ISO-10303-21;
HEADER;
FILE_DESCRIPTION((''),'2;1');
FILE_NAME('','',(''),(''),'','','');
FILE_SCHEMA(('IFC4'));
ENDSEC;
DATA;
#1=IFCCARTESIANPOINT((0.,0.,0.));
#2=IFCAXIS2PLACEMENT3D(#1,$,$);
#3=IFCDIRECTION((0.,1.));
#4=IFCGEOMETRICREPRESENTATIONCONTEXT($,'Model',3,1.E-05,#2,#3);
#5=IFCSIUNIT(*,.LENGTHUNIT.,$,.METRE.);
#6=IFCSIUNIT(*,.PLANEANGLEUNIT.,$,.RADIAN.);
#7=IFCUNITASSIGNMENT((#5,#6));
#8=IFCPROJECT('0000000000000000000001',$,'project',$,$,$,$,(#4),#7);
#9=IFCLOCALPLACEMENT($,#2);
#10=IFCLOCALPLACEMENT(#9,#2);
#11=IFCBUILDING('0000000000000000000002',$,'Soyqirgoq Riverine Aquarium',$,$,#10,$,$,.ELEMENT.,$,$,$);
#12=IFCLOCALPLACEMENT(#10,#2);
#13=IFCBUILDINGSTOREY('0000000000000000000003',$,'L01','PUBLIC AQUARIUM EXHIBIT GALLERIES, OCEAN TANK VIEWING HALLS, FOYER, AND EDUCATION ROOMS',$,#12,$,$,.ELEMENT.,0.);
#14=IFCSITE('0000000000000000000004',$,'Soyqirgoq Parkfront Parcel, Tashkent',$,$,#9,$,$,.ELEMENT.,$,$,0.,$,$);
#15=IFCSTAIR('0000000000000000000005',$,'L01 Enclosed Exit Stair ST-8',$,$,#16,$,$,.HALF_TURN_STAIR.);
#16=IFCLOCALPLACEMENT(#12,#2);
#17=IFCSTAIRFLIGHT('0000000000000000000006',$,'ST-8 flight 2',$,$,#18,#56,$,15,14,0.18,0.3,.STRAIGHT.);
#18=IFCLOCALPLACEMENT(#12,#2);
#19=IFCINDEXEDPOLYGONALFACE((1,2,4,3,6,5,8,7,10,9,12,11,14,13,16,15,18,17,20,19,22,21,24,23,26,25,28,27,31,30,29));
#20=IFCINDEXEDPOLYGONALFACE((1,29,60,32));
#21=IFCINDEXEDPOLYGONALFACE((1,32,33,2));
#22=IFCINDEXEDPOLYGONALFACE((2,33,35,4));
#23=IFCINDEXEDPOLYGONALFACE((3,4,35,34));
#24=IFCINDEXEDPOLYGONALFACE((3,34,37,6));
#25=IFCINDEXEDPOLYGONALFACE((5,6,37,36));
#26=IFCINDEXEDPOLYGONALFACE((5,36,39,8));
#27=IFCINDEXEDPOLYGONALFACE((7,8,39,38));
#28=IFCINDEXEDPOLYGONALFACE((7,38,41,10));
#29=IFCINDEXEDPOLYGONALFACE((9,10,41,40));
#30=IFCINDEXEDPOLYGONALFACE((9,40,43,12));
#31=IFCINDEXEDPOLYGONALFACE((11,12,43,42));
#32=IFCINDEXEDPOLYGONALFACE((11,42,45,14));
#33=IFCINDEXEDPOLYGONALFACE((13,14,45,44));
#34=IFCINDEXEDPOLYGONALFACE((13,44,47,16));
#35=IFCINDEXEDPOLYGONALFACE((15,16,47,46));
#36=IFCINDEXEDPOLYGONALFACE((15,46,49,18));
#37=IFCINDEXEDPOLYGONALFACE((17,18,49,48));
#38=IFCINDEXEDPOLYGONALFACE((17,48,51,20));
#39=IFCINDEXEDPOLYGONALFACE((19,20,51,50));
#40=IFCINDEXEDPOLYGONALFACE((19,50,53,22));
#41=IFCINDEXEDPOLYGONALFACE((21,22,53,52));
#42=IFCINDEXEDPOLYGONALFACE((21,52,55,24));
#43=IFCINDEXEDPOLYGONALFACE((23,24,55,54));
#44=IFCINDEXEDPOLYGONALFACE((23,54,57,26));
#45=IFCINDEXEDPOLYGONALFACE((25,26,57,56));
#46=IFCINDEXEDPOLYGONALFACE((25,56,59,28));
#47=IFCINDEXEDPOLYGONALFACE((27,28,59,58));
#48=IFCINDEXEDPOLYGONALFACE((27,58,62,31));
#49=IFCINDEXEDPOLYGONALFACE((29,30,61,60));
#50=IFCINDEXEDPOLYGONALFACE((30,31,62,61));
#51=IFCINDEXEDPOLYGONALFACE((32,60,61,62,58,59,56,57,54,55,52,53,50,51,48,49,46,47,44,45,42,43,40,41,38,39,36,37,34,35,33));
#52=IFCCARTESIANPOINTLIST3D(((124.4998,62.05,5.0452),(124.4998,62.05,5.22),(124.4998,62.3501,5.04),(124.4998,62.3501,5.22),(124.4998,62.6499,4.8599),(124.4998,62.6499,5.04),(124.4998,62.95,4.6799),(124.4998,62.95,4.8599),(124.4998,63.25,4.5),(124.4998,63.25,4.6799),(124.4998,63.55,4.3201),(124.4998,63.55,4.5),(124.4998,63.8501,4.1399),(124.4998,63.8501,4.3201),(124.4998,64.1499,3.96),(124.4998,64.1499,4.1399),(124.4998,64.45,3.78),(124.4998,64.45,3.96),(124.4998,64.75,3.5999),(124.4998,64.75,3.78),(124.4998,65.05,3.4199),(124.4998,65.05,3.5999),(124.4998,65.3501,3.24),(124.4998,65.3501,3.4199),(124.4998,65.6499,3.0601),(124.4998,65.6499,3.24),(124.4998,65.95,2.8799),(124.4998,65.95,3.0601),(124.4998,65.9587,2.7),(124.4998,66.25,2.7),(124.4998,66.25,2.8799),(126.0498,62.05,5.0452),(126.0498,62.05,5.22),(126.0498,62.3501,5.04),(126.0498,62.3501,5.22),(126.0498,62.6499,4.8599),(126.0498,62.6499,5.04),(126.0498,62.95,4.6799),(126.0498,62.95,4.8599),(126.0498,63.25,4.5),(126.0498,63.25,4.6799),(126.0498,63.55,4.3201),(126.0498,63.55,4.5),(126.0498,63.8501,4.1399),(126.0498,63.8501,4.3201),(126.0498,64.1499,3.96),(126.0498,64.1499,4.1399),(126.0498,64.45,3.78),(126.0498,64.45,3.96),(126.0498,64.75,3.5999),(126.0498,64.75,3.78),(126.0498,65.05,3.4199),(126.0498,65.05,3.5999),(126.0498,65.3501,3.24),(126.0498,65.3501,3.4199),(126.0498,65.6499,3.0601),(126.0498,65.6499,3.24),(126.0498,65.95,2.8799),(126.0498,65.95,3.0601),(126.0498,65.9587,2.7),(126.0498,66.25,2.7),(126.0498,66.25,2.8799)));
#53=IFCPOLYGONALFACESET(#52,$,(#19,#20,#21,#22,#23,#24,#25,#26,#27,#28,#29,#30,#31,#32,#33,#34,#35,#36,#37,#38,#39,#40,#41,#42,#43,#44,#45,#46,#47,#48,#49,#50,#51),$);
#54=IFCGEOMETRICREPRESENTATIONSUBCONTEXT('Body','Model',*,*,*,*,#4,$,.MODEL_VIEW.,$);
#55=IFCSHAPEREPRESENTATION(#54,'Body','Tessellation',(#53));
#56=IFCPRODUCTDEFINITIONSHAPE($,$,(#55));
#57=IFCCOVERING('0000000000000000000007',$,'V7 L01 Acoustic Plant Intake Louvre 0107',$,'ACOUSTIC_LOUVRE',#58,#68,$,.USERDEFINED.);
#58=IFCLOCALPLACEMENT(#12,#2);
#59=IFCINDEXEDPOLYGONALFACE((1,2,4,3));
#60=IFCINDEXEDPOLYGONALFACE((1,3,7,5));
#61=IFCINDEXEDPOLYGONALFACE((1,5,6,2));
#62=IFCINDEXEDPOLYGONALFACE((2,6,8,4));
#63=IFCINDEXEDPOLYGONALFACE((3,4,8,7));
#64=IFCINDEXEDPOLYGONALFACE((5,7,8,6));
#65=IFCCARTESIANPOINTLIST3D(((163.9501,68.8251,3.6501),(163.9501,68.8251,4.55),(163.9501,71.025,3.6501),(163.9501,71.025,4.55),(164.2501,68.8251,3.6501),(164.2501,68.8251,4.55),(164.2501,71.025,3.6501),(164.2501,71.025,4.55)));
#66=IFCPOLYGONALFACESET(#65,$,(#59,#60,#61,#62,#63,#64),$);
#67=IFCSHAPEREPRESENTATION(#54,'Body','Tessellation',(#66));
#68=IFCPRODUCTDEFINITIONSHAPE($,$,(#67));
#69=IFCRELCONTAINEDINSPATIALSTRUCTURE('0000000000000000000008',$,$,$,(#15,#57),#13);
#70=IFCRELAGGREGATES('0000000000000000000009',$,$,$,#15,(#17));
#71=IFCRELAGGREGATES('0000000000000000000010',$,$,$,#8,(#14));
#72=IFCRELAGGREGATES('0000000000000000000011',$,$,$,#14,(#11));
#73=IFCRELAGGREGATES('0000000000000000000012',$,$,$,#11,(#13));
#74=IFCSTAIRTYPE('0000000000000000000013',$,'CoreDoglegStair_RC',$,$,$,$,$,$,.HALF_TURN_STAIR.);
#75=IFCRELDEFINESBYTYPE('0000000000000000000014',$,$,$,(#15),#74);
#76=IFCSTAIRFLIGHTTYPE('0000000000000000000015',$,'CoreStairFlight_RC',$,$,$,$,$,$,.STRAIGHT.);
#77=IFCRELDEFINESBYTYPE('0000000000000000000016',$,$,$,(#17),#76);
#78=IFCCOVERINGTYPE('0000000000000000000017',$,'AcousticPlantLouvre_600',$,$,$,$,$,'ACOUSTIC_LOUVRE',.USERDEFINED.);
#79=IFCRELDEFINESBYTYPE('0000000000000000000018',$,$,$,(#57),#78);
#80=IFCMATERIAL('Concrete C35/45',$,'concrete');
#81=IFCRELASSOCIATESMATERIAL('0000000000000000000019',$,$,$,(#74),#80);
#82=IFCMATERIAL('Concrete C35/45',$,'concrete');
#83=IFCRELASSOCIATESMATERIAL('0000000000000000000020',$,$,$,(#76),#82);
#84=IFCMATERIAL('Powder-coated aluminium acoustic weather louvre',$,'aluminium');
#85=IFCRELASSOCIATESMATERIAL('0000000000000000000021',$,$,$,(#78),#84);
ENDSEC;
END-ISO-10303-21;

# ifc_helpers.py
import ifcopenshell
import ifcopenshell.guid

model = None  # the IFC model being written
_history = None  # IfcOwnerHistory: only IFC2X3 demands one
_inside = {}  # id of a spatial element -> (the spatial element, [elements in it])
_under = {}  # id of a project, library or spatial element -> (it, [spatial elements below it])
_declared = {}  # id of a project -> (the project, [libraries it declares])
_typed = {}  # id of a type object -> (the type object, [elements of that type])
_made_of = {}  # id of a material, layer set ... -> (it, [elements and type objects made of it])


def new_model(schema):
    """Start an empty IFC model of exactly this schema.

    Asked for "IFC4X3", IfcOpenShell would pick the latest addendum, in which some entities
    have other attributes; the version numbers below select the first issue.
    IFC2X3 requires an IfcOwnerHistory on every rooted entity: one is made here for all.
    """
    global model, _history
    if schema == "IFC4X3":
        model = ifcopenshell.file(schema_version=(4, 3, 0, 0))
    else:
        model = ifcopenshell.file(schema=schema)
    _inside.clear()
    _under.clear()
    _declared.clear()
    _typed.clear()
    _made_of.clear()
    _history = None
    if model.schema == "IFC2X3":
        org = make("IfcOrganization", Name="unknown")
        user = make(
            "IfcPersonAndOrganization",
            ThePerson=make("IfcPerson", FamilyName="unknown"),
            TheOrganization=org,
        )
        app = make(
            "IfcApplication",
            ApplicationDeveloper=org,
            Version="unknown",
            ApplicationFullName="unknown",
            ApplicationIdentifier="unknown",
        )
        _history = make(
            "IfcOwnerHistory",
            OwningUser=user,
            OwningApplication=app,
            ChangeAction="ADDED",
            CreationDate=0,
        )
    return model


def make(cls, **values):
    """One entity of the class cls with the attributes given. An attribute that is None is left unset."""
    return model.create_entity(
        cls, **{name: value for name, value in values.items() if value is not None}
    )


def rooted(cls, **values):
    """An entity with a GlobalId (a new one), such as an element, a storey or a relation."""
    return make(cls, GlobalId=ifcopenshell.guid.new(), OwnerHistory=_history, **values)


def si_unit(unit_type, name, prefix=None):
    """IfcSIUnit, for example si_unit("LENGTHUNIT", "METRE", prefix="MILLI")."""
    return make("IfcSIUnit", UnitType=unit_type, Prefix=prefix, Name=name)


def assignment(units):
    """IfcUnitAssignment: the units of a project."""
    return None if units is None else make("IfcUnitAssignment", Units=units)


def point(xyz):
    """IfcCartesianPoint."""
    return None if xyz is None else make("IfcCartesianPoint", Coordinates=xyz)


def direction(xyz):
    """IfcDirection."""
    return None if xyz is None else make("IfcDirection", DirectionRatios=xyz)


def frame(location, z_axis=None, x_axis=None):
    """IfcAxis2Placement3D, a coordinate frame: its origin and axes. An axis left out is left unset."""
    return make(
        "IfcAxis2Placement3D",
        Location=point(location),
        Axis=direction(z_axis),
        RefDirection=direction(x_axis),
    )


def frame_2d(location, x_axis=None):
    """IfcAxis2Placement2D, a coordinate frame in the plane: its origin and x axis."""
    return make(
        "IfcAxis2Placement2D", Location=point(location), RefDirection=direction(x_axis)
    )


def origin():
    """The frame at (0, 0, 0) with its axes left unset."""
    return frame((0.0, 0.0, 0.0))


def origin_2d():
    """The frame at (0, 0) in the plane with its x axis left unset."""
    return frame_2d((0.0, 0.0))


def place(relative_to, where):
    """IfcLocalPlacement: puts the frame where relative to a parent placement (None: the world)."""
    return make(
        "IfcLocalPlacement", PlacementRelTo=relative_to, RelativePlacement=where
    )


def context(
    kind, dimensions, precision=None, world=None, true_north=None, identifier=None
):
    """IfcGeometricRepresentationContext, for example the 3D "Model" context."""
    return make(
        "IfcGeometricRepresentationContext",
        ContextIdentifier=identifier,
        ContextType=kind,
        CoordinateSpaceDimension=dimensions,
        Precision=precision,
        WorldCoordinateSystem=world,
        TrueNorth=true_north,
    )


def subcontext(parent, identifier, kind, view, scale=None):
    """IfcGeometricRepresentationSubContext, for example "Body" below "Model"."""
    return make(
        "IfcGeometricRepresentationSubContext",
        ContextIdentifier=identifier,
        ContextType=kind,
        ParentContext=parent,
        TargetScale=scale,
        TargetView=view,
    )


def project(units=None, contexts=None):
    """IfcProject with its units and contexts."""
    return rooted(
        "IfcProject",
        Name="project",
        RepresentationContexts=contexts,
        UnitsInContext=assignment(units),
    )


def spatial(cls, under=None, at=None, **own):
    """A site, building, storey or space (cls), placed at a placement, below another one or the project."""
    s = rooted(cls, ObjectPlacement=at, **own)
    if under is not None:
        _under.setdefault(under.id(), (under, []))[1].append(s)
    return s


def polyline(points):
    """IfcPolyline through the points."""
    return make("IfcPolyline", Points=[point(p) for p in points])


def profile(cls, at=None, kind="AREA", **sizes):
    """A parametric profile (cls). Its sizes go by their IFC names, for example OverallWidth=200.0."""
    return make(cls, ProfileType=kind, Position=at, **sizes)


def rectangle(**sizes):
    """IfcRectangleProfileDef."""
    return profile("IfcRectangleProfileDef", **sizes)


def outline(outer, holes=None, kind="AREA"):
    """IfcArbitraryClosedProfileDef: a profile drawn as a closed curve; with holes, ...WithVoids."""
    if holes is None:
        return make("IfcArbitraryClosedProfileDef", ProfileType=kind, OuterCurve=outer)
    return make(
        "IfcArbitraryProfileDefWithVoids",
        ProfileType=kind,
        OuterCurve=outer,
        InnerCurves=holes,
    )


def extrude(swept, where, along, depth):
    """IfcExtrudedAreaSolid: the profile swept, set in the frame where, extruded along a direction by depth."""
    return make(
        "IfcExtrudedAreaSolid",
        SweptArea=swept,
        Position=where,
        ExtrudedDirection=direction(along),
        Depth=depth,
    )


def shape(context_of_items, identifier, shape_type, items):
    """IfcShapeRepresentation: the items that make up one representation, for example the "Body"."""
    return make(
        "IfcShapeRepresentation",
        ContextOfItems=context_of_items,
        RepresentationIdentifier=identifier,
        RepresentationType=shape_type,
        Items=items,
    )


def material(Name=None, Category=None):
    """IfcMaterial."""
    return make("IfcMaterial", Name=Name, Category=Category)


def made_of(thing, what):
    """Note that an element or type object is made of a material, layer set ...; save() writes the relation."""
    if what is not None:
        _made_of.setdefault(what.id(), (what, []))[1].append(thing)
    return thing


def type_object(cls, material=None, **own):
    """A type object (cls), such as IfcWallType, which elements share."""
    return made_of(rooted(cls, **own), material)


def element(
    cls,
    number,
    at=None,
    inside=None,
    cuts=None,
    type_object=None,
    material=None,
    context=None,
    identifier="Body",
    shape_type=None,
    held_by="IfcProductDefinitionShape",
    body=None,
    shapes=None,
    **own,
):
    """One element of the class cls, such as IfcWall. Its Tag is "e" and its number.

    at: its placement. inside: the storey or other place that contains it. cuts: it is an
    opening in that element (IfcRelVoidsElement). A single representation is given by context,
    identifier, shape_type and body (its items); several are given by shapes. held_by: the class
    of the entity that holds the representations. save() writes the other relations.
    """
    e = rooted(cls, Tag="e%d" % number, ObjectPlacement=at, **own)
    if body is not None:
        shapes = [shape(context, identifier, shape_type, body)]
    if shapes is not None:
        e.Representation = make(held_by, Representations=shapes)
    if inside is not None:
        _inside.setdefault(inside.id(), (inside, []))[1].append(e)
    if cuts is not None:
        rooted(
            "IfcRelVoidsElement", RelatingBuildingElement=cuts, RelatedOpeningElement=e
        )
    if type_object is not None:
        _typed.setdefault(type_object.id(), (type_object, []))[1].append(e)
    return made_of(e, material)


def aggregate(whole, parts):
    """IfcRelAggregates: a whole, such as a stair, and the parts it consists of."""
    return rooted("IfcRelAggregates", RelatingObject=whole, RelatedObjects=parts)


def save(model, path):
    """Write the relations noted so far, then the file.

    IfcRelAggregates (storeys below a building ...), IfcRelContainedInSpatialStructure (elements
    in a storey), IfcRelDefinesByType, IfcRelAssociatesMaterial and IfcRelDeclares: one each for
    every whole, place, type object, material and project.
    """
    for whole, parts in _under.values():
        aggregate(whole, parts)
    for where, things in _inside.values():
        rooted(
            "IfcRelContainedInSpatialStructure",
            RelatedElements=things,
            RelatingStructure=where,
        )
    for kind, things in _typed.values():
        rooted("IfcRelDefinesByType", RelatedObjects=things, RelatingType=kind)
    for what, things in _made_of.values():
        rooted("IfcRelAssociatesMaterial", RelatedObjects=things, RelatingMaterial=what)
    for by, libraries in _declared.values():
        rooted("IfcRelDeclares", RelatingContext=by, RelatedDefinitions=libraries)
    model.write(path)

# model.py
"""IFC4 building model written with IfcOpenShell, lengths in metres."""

from ifc_helpers import new_model, si_unit, direction, frame, origin, origin_2d, place, context, subcontext, project, spatial, polyline, rectangle, outline, extrude, material, type_object, element, aggregate, save


model = new_model("IFC4")

# Units and contexts
model_context = context("Model", 3, precision=1e-05, world=origin(), true_north=direction((0.0, 1.0)))
body_context = subcontext(model_context, "Body", "Model", "MODEL_VIEW")
ifc_project = project(units=[si_unit("LENGTHUNIT", "METRE"), si_unit("PLANEANGLEUNIT", "RADIAN")], contexts=[model_context])

# Site, building, storey
site_placement = place(None, origin())
site = spatial("IfcSite", under=ifc_project, at=site_placement, Name="Soyqirgoq Parkfront Parcel, Tashkent", CompositionType="ELEMENT", RefElevation=0.0)
building_placement = place(site_placement, origin())
building = spatial("IfcBuilding", under=site, at=building_placement, Name="Soyqirgoq Riverine Aquarium", CompositionType="ELEMENT")
storey_placement = place(building_placement, origin())
storey = spatial("IfcBuildingStorey", under=building, at=storey_placement, Name="L01", Description="PUBLIC AQUARIUM EXHIBIT GALLERIES, OCEAN TANK VIEWING HALLS, FOYER, AND EDUCATION ROOMS", CompositionType="ELEMENT", Elevation=0.0)

# Stair, stair flight
ifc_material_1 = material(Name="Concrete C35/45", Category="concrete")
stair_type = type_object("IfcStairType", Name="CoreDoglegStair_RC", PredefinedType="HALF_TURN_STAIR", material=ifc_material_1)
stair_placement = place(storey_placement, origin())
stair = element("IfcStair", 1, at=stair_placement, inside=storey, type_object=stair_type, Name="L01 Enclosed Exit Stair ST-8", PredefinedType="HALF_TURN_STAIR")
ifc_material_2 = material(Name="Concrete C35/45", Category="concrete")
stair_flight_type = type_object("IfcStairFlightType", Name="CoreStairFlight_RC", PredefinedType="STRAIGHT", material=ifc_material_2)
stair_flight_placement = place(storey_placement, frame((125.2749, 66.25, 2.7), z_axis=(0.0, 0.0, 1.0), x_axis=(0.0, -1.0, 0.0)))
stair_flight = element("IfcStairFlight", 2, at=stair_flight_placement, type_object=stair_flight_type, Name="ST-8 flight 2", NumberOfRisers=15, NumberOfTreads=14, PredefinedType="STRAIGHT", RiserHeight=0.18, TreadLength=0.3, context=body_context, shape_type="SweptSolid", body=[
    extrude(outline(polyline([(0.0, 0.0), (0.0, 0.1799), (0.3, 0.1799), (0.3, 0.3601), (0.6001, 0.3601), (0.6001, 0.54), (0.8999, 0.54), (0.8999, 0.72), (1.2, 0.72), (1.2, 0.8999), (1.5, 0.8999), (1.5, 1.0801), (1.8, 1.0801), (1.8, 1.26), (2.1001, 1.26), (2.1001, 1.4399), (2.3999, 1.4399), (2.3999, 1.6201), (2.7, 1.6201), (2.7, 1.8), (3.0, 1.8), (3.0, 1.98), (3.3, 1.98), (3.3, 2.1599), (3.6001, 2.1599), (3.6001, 2.3401), (3.8999, 2.3401), (3.8999, 2.52), (4.2, 2.52), (4.2, 2.7), (4.2, 2.3452), (0.2913, 0.0), (0.0, 0.0)])), frame((0.0, 0.7749, 0.0), z_axis=(0.0, -1.0, 0.0), x_axis=(1.0, 0.0, 0.0)), (0.0, 0.0, 1.0), 1.55),
])
aggregate(stair, [stair_flight])

# Covering
ifc_material_3 = material(Name="Powder-coated aluminium acoustic weather louvre", Category="aluminium")
covering_type = type_object("IfcCoveringType", Name="AcousticPlantLouvre_600", ElementType="ACOUSTIC_LOUVRE", PredefinedType="USERDEFINED", material=ifc_material_3)
covering_placement = place(storey_placement, frame((164.1001, 69.925, 3.6501), z_axis=(0.0, 0.0, 1.0), x_axis=(0.0, 1.0, 0.0)))
element("IfcCovering", 3, at=covering_placement, inside=storey, type_object=covering_type, Name="V7 L01 Acoustic Plant Intake Louvre 0107", ObjectType="ACOUSTIC_LOUVRE", PredefinedType="USERDEFINED", context=body_context, shape_type="SweptSolid", body=[
    extrude(rectangle(XDim=2.2, YDim=0.3, at=origin_2d()), origin(), (0.0, 0.0, 1.0), 0.8999),
])

save(model, "model.ifc")
